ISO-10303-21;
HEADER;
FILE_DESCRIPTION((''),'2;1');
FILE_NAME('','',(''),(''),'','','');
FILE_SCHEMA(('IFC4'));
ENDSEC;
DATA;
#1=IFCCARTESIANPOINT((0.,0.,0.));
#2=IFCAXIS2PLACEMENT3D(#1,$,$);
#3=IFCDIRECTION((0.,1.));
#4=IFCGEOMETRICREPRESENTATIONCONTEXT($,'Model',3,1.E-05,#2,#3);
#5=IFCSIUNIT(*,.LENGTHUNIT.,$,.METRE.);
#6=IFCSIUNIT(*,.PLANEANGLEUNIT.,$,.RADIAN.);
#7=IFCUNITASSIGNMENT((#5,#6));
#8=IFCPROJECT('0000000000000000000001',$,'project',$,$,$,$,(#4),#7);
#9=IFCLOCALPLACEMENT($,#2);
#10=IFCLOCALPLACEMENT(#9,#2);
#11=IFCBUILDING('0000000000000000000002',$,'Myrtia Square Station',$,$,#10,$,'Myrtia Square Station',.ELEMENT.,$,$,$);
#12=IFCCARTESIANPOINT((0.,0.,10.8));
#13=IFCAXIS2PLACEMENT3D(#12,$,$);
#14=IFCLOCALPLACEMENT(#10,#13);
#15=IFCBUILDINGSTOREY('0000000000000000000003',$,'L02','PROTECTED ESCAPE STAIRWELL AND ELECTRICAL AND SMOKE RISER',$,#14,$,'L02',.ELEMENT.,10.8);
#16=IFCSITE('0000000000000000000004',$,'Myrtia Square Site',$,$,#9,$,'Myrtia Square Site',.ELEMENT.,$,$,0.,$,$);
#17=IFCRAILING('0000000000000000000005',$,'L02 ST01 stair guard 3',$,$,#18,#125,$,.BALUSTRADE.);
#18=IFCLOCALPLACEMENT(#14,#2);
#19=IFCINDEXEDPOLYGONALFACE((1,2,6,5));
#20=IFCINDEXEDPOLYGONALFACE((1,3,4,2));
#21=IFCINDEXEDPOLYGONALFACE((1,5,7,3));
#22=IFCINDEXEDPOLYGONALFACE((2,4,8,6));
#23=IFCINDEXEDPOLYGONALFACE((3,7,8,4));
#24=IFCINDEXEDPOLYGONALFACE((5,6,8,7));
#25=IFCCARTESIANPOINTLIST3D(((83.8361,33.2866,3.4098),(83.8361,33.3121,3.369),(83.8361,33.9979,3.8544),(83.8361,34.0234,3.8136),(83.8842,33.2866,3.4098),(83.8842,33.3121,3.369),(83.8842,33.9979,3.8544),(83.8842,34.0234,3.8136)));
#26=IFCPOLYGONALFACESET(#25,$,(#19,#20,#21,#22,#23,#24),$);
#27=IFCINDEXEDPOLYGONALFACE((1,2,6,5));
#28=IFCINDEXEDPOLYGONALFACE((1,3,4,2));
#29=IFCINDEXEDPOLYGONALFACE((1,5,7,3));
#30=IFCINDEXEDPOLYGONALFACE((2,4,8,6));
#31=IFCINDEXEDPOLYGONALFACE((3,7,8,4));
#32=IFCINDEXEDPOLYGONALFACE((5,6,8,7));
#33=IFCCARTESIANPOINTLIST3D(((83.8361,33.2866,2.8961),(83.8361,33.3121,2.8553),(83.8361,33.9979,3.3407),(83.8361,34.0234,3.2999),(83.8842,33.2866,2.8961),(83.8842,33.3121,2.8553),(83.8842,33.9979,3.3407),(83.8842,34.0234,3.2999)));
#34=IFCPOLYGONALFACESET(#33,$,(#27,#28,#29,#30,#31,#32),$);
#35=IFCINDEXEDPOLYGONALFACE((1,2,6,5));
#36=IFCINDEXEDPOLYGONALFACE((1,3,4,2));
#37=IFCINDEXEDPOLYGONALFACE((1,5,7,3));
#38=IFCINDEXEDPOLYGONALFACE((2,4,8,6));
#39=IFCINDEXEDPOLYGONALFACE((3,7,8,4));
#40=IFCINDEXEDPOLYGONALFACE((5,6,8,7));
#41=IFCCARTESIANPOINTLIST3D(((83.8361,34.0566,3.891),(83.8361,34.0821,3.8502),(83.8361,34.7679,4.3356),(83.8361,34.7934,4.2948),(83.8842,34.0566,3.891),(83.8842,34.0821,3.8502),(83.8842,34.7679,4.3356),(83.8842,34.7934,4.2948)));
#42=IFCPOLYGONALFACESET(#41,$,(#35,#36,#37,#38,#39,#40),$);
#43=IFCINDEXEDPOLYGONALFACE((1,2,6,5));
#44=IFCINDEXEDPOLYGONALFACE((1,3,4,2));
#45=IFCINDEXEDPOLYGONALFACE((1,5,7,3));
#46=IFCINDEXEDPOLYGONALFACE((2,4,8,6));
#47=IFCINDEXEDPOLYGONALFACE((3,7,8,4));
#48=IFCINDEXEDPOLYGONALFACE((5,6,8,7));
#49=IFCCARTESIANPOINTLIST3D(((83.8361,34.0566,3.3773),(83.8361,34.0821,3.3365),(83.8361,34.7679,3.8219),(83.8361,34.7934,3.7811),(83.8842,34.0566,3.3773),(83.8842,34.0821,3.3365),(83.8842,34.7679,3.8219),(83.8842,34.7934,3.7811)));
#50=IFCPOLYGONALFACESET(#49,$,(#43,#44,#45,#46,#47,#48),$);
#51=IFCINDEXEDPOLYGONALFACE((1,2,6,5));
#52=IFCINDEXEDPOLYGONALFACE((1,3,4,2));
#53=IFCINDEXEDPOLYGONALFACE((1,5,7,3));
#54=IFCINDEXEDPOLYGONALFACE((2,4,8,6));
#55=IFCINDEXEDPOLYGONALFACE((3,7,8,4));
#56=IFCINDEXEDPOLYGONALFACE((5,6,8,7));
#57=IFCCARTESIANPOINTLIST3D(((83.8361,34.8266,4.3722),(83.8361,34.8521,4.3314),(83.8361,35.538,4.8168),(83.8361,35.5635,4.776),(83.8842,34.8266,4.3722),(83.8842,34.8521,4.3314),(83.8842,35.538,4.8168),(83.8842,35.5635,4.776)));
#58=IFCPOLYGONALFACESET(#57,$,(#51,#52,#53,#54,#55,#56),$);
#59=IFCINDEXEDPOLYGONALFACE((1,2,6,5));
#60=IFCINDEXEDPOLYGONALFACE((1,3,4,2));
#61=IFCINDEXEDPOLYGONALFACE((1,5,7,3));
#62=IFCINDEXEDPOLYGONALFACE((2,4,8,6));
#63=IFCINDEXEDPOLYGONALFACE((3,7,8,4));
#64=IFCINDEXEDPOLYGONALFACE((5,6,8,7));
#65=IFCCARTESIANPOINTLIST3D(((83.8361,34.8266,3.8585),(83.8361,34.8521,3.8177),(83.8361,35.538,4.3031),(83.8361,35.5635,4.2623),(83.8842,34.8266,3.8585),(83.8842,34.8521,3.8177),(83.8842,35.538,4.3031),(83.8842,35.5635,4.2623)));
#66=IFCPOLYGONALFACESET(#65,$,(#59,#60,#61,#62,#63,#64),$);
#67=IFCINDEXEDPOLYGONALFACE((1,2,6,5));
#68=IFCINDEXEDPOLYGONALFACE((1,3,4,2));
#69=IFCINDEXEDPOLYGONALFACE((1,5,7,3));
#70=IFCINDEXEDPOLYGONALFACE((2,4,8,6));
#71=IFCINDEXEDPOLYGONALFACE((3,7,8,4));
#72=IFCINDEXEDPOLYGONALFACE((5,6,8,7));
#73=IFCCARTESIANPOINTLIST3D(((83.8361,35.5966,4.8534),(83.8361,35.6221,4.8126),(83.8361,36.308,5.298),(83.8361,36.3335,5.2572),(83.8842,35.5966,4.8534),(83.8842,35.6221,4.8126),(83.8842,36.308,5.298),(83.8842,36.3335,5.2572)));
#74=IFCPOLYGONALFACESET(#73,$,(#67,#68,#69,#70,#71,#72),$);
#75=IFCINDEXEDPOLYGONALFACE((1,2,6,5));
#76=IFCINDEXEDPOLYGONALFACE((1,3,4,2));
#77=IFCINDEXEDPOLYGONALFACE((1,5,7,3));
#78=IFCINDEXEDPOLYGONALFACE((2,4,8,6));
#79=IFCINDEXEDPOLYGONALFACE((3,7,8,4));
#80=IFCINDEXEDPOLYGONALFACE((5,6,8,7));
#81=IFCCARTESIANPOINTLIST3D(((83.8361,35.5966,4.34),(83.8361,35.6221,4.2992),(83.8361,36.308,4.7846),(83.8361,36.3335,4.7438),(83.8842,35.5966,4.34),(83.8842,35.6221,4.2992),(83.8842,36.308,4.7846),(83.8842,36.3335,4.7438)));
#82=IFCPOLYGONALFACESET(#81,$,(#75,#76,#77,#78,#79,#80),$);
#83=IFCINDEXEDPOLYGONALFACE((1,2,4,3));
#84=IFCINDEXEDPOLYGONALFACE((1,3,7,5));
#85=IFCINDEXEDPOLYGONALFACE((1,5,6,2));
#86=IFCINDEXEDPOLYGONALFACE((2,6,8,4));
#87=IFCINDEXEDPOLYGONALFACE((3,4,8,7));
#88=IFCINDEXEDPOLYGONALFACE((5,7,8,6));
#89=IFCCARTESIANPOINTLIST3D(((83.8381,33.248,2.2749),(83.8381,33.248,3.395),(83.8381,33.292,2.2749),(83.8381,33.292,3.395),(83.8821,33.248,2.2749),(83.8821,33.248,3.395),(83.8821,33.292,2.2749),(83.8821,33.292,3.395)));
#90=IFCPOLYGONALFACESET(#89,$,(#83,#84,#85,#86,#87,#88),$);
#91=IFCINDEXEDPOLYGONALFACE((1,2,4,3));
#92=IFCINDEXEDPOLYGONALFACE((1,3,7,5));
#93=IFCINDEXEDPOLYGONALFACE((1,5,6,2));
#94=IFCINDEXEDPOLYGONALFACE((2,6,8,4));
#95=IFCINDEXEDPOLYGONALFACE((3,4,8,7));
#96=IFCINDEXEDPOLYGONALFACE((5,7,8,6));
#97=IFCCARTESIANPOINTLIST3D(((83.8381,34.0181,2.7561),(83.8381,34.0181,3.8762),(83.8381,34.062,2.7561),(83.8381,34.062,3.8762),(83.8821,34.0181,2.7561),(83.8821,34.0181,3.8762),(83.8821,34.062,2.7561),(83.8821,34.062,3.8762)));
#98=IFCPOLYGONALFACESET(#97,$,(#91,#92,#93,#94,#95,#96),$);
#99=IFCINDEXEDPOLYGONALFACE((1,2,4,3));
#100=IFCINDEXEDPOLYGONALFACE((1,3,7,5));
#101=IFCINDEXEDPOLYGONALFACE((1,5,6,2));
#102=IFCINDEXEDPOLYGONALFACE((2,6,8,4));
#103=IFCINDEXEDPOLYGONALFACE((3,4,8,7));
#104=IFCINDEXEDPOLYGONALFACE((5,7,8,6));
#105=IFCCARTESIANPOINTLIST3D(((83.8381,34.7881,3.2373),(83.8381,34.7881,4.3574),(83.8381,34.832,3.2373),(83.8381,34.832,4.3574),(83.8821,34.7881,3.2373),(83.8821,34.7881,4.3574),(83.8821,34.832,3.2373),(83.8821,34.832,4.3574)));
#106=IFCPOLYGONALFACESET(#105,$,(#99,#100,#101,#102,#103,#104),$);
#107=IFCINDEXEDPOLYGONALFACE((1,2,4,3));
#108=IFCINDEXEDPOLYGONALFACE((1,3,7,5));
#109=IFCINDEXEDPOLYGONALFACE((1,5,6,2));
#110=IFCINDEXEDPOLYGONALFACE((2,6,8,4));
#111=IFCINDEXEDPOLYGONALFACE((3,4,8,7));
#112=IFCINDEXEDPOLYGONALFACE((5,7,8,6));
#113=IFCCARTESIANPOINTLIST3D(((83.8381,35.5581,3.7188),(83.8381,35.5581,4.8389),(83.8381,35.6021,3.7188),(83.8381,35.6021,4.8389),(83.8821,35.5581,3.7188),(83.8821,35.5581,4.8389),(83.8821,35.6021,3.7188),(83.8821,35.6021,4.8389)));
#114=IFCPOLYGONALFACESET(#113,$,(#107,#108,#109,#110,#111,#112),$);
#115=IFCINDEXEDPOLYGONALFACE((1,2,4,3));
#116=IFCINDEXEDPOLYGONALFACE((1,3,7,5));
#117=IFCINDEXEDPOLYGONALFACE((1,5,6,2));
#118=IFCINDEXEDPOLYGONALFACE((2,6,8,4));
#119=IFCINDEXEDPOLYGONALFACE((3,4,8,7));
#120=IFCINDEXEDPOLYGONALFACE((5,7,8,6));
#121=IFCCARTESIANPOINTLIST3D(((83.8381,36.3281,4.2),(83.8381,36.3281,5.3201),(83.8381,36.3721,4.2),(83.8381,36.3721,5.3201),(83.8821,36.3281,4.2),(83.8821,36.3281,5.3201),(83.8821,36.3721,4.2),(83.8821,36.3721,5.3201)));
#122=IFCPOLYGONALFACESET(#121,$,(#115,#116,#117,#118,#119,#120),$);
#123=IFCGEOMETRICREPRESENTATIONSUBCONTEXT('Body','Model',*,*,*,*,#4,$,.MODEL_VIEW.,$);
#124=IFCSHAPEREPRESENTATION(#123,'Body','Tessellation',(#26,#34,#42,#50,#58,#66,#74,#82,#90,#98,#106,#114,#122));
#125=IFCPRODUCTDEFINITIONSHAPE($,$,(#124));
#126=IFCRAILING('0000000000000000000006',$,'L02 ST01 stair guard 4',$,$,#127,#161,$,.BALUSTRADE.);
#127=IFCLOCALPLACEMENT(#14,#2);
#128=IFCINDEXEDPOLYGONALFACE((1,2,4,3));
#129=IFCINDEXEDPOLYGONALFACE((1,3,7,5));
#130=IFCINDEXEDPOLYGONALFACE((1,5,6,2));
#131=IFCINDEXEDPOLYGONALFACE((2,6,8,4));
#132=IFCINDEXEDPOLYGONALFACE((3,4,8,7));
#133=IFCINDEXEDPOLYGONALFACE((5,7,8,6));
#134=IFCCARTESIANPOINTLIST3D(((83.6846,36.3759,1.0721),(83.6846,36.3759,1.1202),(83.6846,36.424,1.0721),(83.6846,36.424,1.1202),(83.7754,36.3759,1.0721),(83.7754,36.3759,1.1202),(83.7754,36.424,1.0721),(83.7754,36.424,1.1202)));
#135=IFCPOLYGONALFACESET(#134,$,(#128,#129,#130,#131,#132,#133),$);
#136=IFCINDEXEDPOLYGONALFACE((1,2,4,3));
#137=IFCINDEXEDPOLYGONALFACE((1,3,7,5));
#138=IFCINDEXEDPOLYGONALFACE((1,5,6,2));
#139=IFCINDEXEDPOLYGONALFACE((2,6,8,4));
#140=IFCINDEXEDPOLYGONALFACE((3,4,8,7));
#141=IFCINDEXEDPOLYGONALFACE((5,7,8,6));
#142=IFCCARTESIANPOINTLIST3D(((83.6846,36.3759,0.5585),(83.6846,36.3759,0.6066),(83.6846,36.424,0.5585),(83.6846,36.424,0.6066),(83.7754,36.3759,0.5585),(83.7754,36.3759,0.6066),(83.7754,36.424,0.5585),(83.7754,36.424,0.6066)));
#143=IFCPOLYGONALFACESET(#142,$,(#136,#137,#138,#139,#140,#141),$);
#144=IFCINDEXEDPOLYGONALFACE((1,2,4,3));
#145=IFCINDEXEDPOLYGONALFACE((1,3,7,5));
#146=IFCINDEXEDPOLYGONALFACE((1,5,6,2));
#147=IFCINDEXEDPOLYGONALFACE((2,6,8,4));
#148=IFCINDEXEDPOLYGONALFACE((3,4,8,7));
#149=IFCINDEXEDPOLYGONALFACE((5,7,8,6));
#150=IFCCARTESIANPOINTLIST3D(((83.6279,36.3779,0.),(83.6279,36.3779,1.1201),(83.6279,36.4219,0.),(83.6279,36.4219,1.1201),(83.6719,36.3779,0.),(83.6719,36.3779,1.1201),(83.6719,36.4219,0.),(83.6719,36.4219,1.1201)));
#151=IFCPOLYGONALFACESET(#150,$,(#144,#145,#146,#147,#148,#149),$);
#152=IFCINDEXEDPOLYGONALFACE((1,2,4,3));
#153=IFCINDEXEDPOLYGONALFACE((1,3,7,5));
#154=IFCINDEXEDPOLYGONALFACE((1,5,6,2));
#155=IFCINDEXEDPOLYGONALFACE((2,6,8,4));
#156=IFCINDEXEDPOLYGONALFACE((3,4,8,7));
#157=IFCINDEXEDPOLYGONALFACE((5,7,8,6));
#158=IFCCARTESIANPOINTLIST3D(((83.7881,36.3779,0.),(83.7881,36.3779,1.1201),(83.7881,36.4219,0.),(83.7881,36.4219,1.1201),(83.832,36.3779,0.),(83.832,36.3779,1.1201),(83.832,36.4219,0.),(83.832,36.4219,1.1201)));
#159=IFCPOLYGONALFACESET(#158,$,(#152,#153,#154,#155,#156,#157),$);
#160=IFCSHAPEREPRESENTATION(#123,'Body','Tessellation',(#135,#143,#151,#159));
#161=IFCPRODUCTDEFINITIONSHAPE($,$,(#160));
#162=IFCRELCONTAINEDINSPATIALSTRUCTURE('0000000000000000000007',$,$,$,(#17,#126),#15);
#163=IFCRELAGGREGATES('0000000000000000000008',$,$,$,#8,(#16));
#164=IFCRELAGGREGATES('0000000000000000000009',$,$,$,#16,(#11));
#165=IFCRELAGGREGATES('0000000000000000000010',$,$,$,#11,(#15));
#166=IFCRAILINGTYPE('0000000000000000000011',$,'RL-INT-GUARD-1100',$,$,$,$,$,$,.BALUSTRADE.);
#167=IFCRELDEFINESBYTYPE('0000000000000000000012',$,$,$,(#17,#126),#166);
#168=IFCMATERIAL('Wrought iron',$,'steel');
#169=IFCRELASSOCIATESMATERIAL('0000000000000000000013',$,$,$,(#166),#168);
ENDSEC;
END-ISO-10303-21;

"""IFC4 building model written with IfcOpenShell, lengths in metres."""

from ifc_helpers import new_model, si_unit, direction, frame, origin, origin_2d, place, context, subcontext, project, spatial, rectangle, extrude, material, type_object, element, save


model = new_model("IFC4")

# Units and contexts
model_context = context("Model", 3, precision=1e-05, world=origin(), true_north=direction((0.0, 1.0)))
body_context = subcontext(model_context, "Body", "Model", "MODEL_VIEW")
ifc_project = project(units=[si_unit("LENGTHUNIT", "METRE"), si_unit("PLANEANGLEUNIT", "RADIAN")], contexts=[model_context])

# Site, building, storey
site_placement = place(None, origin())
site = spatial("IfcSite", under=ifc_project, at=site_placement, Name="Myrtia Square Site", LongName="Myrtia Square Site", CompositionType="ELEMENT", RefElevation=0.0)
building_placement = place(site_placement, origin())
building = spatial("IfcBuilding", under=site, at=building_placement, Name="Myrtia Square Station", LongName="Myrtia Square Station", CompositionType="ELEMENT")
storey_placement = place(building_placement, frame((0.0, 0.0, 10.8)))
storey = spatial("IfcBuildingStorey", under=building, at=storey_placement, Name="L02", Description="PROTECTED ESCAPE STAIRWELL AND ELECTRICAL AND SMOKE RISER", LongName="L02", CompositionType="ELEMENT", Elevation=10.8)

# Railings
ifc_material_1 = material(Name="Wrought iron", Category="steel")
railing_type_1 = type_object("IfcRailingType", Name="RL-INT-GUARD-1100", PredefinedType="BALUSTRADE", material=ifc_material_1)
railing_1_placement = place(storey_placement, frame((83.8601, 33.27, 2.2749)))
element("IfcRailing", 1, at=railing_1_placement, inside=storey, type_object=railing_type_1, Name="L02 ST01 stair guard 3", PredefinedType="BALUSTRADE", context=body_context, shape_type="SweptSolid", body=[
    extrude(rectangle(XDim=0.0481, YDim=0.0481, at=origin_2d()), frame((0.0, 0.0293, 1.1145), z_axis=(0.0, 0.847998, 0.529999), x_axis=(-1.0, 0.0, 0.0)), (0.0, 0.0, 1.0), 0.8389),
    extrude(rectangle(XDim=0.0481, YDim=0.0481, at=origin_2d()), frame((0.0, 0.0293, 0.6008), z_axis=(0.0, 0.847998, 0.529999), x_axis=(-1.0, 0.0, 0.0)), (0.0, 0.0, 1.0), 0.8389),
    extrude(rectangle(XDim=0.0481, YDim=0.0481, at=origin_2d()), frame((0.0, 0.7993, 1.5957), z_axis=(0.0, 0.847998, 0.529999), x_axis=(-1.0, 0.0, 0.0)), (0.0, 0.0, 1.0), 0.8389),
    extrude(rectangle(XDim=0.0481, YDim=0.0481, at=origin_2d()), frame((0.0, 0.7993, 1.082), z_axis=(0.0, 0.847998, 0.529999), x_axis=(-1.0, 0.0, 0.0)), (0.0, 0.0, 1.0), 0.8389),
    extrude(rectangle(XDim=0.0481, YDim=0.0481, at=origin_2d()), frame((0.0, 1.5693, 2.0769), z_axis=(0.0, 0.847998, 0.529999), x_axis=(-1.0, 0.0, 0.0)), (0.0, 0.0, 1.0), 0.8389),
    extrude(rectangle(XDim=0.0481, YDim=0.0481, at=origin_2d()), frame((0.0, 1.5693, 1.5632), z_axis=(0.0, 0.847998, 0.529999), x_axis=(-1.0, 0.0, 0.0)), (0.0, 0.0, 1.0), 0.8389),
    extrude(rectangle(XDim=0.0481, YDim=0.0481, at=origin_2d()), frame((0.0, 2.3394, 2.5581), z_axis=(0.0, 0.847998, 0.529999), x_axis=(-1.0, 0.0, 0.0)), (0.0, 0.0, 1.0), 0.8389),
    extrude(rectangle(XDim=0.0481, YDim=0.0481, at=origin_2d()), frame((0.0, 2.3394, 2.0447), z_axis=(0.0, 0.847998, 0.529999), x_axis=(-1.0, 0.0, 0.0)), (0.0, 0.0, 1.0), 0.8389),
    extrude(rectangle(XDim=0.0439, YDim=0.0439, at=origin_2d()), origin(), (0.0, 0.0, 1.0), 1.1201),
    extrude(rectangle(XDim=0.0439, YDim=0.0439, at=origin_2d()), frame((0.0, 0.77, 0.4812)), (0.0, 0.0, 1.0), 1.1201),
    extrude(rectangle(XDim=0.0439, YDim=0.0439, at=origin_2d()), frame((0.0, 1.54, 0.9624)), (0.0, 0.0, 1.0), 1.1201),
    extrude(rectangle(XDim=0.0439, YDim=0.0439, at=origin_2d()), frame((0.0, 2.3101, 1.4438)), (0.0, 0.0, 1.0), 1.1201),
    extrude(rectangle(XDim=0.0439, YDim=0.0439, at=origin_2d()), frame((0.0, 3.0801, 1.925)), (0.0, 0.0, 1.0), 1.1201),
])
railing_2_placement = place(storey_placement, frame((83.6499, 36.3999, 0.0)))
element("IfcRailing", 2, at=railing_2_placement, inside=storey, type_object=railing_type_1, Name="L02 ST01 stair guard 4", PredefinedType="BALUSTRADE", context=body_context, shape_type="SweptSolid", body=[
    extrude(rectangle(XDim=0.0481, YDim=0.0481, at=origin_2d()), frame((0.0347, 0.0, 1.0962), z_axis=(1.0, 0.0, 0.0), x_axis=(0.0, 1.0, 0.0)), (0.0, 0.0, 1.0), 0.0908),
    extrude(rectangle(XDim=0.0481, YDim=0.0481, at=origin_2d()), frame((0.0347, 0.0, 0.5825), z_axis=(1.0, 0.0, 0.0), x_axis=(0.0, 1.0, 0.0)), (0.0, 0.0, 1.0), 0.0908),
    extrude(rectangle(XDim=0.0439, YDim=0.0439, at=origin_2d()), origin(), (0.0, 0.0, 1.0), 1.1201),
    extrude(rectangle(XDim=0.0439, YDim=0.0439, at=origin_2d()), frame((0.1602, 0.0, 0.0)), (0.0, 0.0, 1.0), 1.1201),
])

save(model, "model.ifc")
